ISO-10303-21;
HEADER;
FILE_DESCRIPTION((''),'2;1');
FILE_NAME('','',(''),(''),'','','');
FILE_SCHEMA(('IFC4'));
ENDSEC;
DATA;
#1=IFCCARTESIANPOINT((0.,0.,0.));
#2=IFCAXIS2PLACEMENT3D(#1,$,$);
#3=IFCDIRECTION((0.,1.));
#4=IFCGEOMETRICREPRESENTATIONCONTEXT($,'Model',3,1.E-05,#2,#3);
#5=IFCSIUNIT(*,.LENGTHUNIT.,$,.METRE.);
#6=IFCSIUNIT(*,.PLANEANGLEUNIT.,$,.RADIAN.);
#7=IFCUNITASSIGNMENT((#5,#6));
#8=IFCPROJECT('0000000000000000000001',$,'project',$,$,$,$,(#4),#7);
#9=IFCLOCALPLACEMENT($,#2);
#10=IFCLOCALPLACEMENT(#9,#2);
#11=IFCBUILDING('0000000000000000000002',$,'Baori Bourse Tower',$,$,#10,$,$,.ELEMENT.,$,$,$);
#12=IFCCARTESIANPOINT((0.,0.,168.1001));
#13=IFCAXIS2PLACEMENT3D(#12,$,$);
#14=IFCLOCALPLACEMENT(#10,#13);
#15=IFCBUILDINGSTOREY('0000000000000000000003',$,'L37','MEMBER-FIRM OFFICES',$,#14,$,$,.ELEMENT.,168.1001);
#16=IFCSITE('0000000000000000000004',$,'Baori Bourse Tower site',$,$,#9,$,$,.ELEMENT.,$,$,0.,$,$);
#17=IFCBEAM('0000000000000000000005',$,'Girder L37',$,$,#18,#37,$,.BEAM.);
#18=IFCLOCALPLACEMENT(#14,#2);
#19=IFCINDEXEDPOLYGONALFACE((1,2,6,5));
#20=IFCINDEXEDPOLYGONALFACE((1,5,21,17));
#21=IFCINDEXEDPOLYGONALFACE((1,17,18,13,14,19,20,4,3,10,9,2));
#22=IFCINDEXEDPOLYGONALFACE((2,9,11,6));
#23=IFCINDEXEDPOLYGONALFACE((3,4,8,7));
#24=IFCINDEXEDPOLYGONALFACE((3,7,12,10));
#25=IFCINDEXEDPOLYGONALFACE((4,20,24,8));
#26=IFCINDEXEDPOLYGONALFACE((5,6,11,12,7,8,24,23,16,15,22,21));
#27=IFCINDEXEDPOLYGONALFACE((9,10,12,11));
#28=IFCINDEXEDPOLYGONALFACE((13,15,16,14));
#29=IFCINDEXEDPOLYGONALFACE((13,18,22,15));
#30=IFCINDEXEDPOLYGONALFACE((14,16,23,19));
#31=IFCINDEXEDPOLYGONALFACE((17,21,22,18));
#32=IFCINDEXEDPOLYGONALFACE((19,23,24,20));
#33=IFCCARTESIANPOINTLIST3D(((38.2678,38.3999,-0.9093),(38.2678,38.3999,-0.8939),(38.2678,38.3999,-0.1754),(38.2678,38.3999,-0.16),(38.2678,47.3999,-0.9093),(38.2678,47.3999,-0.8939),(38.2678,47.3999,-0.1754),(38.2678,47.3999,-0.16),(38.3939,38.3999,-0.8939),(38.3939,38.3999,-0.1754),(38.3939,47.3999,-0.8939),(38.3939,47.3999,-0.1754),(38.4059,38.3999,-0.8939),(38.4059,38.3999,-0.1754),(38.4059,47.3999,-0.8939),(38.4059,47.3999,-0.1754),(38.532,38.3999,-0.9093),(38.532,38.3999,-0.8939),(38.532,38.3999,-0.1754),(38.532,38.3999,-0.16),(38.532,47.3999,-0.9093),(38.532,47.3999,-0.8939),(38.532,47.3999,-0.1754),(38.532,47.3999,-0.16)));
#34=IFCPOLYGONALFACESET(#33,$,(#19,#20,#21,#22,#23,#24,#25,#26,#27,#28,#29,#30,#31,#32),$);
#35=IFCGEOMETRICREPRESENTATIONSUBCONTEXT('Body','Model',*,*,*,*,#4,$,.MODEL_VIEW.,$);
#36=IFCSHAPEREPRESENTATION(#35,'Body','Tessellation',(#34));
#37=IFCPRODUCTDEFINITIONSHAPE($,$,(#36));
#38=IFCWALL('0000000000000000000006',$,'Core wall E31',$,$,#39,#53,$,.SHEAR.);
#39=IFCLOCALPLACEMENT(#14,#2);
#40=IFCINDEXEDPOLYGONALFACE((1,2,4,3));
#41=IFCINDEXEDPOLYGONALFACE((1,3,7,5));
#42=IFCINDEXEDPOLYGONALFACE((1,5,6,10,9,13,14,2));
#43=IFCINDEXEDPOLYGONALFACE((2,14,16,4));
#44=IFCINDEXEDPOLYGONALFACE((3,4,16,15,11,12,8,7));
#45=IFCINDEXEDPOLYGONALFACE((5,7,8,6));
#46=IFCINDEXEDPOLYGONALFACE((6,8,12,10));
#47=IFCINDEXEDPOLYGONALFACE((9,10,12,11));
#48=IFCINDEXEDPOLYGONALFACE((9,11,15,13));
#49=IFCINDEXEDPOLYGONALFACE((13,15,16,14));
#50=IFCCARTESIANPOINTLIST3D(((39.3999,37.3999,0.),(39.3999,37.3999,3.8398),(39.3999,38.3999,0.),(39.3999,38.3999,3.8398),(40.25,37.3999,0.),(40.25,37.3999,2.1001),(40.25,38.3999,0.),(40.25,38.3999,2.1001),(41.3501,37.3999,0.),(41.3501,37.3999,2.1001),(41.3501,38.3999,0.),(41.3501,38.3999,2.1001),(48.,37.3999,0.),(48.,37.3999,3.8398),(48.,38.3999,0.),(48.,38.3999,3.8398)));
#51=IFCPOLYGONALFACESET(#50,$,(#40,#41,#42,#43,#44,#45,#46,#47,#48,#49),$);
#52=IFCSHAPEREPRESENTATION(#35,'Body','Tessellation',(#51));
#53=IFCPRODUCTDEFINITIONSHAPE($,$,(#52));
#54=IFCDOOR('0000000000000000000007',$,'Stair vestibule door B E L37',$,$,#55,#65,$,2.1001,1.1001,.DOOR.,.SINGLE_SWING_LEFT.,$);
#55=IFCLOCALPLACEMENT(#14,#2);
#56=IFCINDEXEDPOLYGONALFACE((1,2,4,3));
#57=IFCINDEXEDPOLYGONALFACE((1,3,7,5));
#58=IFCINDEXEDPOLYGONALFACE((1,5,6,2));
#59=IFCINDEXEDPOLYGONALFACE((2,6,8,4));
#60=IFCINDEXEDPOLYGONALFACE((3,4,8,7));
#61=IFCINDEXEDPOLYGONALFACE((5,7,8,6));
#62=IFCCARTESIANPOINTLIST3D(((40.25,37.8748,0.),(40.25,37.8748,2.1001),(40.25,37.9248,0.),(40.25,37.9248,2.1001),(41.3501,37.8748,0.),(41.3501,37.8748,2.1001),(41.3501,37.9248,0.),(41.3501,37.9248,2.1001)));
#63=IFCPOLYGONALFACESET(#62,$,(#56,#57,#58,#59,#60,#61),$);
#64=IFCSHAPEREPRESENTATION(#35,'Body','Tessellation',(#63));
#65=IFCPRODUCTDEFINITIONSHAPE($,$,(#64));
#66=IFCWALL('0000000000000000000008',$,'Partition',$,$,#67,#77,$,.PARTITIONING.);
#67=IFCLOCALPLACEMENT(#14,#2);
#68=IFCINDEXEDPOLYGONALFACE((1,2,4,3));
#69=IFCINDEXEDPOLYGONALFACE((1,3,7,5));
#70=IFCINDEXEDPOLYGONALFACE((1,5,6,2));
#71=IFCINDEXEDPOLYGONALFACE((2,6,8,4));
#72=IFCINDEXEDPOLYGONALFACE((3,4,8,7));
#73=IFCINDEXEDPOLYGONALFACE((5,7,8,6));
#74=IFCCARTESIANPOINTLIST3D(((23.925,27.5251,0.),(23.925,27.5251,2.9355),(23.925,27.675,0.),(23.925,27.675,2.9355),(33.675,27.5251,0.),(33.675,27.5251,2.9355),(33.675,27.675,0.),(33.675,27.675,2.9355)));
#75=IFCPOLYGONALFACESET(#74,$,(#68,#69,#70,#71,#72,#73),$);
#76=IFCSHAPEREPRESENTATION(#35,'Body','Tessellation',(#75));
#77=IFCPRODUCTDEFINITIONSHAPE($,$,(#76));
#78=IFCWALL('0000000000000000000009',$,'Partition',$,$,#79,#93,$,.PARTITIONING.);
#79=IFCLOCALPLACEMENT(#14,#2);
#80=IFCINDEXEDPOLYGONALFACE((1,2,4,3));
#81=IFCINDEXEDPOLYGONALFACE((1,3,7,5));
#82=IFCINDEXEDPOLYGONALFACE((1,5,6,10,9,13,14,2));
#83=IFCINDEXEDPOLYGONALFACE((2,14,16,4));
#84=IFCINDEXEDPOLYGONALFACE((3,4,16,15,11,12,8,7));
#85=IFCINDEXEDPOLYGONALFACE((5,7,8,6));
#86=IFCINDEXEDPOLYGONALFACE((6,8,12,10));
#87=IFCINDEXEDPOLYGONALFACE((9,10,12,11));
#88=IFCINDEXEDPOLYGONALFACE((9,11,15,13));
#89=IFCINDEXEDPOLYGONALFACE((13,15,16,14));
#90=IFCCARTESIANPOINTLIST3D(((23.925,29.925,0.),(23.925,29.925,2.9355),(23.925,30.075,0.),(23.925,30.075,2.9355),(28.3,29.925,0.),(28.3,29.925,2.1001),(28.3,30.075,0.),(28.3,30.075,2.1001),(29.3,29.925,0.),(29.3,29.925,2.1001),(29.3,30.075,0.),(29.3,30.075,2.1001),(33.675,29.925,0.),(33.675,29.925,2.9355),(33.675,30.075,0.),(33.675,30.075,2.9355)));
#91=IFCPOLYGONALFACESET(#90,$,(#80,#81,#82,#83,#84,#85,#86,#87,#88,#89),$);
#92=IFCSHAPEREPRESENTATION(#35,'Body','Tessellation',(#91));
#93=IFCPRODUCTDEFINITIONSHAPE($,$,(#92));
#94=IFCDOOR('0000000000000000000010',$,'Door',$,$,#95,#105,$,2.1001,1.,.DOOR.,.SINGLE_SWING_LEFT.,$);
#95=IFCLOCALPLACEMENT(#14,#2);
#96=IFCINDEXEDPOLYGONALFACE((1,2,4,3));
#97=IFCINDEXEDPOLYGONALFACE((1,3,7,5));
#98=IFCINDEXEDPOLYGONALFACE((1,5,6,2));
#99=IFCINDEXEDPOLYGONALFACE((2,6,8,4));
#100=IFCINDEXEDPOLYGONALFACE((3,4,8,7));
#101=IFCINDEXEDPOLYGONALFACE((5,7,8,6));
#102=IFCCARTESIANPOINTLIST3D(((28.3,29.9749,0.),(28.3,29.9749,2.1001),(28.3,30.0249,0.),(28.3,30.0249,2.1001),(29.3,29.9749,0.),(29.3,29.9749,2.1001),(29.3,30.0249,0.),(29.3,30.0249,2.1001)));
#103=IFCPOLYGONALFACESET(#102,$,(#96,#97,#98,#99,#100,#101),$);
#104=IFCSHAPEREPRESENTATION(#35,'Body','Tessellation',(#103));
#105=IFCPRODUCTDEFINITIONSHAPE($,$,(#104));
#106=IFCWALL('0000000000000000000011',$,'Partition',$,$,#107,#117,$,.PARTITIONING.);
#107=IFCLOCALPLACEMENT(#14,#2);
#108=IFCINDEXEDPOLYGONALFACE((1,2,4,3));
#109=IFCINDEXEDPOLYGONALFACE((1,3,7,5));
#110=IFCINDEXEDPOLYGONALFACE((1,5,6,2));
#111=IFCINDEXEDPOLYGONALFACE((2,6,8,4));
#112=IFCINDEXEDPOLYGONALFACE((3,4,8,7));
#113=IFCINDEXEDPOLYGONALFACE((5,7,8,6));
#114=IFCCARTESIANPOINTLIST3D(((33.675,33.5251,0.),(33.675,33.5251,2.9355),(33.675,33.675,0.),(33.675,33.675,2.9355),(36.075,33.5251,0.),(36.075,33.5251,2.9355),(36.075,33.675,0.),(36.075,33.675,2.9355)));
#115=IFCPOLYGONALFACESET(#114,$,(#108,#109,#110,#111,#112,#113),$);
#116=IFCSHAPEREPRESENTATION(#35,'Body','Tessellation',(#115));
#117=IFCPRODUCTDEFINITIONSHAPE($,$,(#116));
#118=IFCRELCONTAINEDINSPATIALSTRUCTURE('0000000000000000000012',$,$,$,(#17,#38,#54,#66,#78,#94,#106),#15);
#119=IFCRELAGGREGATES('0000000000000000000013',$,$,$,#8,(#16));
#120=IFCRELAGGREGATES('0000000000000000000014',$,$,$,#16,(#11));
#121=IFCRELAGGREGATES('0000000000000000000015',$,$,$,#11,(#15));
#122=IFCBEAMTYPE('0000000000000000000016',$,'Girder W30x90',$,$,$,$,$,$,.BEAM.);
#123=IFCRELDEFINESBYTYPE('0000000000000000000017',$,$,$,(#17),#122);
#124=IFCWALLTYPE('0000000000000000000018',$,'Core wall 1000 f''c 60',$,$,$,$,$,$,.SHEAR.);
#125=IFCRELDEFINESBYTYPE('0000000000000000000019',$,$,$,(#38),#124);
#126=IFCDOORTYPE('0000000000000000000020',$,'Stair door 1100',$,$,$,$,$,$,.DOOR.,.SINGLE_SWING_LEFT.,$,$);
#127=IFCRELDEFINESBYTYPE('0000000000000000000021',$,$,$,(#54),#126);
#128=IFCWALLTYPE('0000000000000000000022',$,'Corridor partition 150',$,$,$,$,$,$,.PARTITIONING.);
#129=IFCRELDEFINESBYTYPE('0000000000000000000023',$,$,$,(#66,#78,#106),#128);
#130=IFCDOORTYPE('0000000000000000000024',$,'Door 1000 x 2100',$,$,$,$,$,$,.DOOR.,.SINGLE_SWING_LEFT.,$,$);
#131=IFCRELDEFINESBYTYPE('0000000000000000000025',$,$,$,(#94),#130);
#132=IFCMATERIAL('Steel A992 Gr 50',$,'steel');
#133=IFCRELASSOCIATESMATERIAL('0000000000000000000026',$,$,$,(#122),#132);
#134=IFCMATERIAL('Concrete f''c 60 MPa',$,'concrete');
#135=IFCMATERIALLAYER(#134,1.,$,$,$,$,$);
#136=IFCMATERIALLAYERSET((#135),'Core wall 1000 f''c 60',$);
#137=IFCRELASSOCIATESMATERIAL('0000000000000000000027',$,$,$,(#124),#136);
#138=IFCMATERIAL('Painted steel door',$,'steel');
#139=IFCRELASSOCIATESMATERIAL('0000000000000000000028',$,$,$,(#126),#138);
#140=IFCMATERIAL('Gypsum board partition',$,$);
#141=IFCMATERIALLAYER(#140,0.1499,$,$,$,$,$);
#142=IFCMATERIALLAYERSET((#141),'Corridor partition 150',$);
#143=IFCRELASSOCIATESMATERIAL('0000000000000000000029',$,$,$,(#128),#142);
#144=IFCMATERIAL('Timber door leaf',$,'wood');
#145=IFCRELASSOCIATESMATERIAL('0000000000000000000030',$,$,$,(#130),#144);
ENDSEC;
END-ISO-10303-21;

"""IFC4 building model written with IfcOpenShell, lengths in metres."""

from ifc_helpers import new_model, si_unit, direction, frame, frame_2d, origin, origin_2d, place, context, subcontext, project, spatial, rectangle, i_section, extrude, material, layer, layer_set, material_profile, profile_set, type_object, element, fill, save


model = new_model("IFC4")

# Units and contexts
model_context = context("Model", 3, precision=1e-05, world=origin(), true_north=direction((0.0, 1.0)))
body_context = subcontext(model_context, "Body", "Model", "MODEL_VIEW")
ifc_project = project(units=[si_unit("LENGTHUNIT", "METRE"), si_unit("PLANEANGLEUNIT", "RADIAN")], contexts=[model_context])

# Site, building, storey
site_placement = place(None, origin())
site = spatial("IfcSite", under=ifc_project, at=site_placement, Name="Baori Bourse Tower site", CompositionType="ELEMENT", RefElevation=0.0)
building_placement = place(site_placement, origin())
building = spatial("IfcBuilding", under=site, at=building_placement, Name="Baori Bourse Tower", CompositionType="ELEMENT")
storey_placement = place(building_placement, frame((0.0, 0.0, 168.1001)))
storey = spatial("IfcBuildingStorey", under=building, at=storey_placement, Name="L37", Description="MEMBER-FIRM OFFICES", CompositionType="ELEMENT", Elevation=168.1001)

# Beam
ifc_material_1 = material(Name="Steel A992 Gr 50", Category="steel")
ifc_material_profile = material_profile(ifc_material_1, i_section(OverallWidth=0.2642, OverallDepth=0.7493, WebThickness=0.012, FlangeThickness=0.0154, at=origin_2d()), Name="W30x90")
ifc_profile_set = profile_set([ifc_material_profile], Name="Steel A992 Gr 50")
beam_type = type_object("IfcBeamType", Name="Girder W30x90", PredefinedType="BEAM", material=ifc_profile_set)
beam_placement = place(storey_placement, frame((38.3999, 38.3999, -0.5347), z_axis=(0.0, 1.0, 0.0), x_axis=(-1.0, 0.0, 0.0)))
element("IfcBeam", 1, at=beam_placement, inside=storey, type_object=beam_type, Name="Girder L37", PredefinedType="BEAM", context=body_context, shape_type="SweptSolid", body=[
    extrude(i_section(OverallWidth=0.2642, OverallDepth=0.7493, WebThickness=0.012, FlangeThickness=0.0154, at=origin_2d()), origin(), (0.0, 0.0, 1.0), 9.0),
])

# Wall, opening, door
ifc_material_2 = material(Name="Concrete f'c 60 MPa", Category="concrete")
ifc_layer_1 = layer(ifc_material_2, 1.0)
ifc_layer_set_1 = layer_set([ifc_layer_1], Name="Core wall 1000 f'c 60")
wall_type_1 = type_object("IfcWallType", Name="Core wall 1000 f'c 60", PredefinedType="SHEAR", material=ifc_layer_set_1)
wall_1_placement = place(storey_placement, frame((39.3999, 37.8999, 0.0), z_axis=(0.0, 0.0, 1.0), x_axis=(1.0, 0.0, 0.0)))
wall_1 = element("IfcWall", 2, at=wall_1_placement, inside=storey, type_object=wall_type_1, Name="Core wall E31", PredefinedType="SHEAR", context=body_context, shape_type="SweptSolid", body=[
    extrude(rectangle(XDim=8.6001, YDim=1.0, at=frame_2d((4.3, 0.0))), origin(), (0.0, 0.0, 1.0), 3.8398),
])
opening_1_placement = place(wall_1_placement, frame((0.8501, 0.0, 0.0)))
opening_1 = element("IfcOpeningElement", 3, at=opening_1_placement, cuts=wall_1, PredefinedType="OPENING", context=body_context, shape_type="SweptSolid", body=[
    extrude(rectangle(XDim=1.1001, YDim=2.1001, at=frame_2d((0.55, 1.05))), frame((0.0, 0.51, 0.0), z_axis=(0.0, -1.0, 0.0), x_axis=(1.0, 0.0, 0.0)), (0.0, 0.0, 1.0), 1.02),
])
ifc_material_3 = material(Name="Painted steel door", Category="steel")
door_type_1 = type_object("IfcDoorType", Name="Stair door 1100", OperationType="SINGLE_SWING_LEFT", PredefinedType="DOOR", material=ifc_material_3)
door_1_placement = place(opening_1_placement, origin())
door_1 = element("IfcDoor", 4, at=door_1_placement, inside=storey, type_object=door_type_1, Name="Stair vestibule door B E L37", OperationType="SINGLE_SWING_LEFT", OverallHeight=2.1001, OverallWidth=1.1001, PredefinedType="DOOR", context=body_context, shape_type="SweptSolid", body=[
    extrude(rectangle(XDim=1.1001, YDim=2.1001, at=frame_2d((0.55, 1.05))), frame((0.0, 0.0249, 0.0), z_axis=(0.0, -1.0, 0.0), x_axis=(1.0, 0.0, 0.0)), (0.0, 0.0, 1.0), 0.05),
])
fill(opening_1, door_1)

# Wall
ifc_material_4 = material(Name="Gypsum board partition")
ifc_layer_2 = layer(ifc_material_4, 0.1499)
ifc_layer_set_2 = layer_set([ifc_layer_2], Name="Corridor partition 150")
wall_type_2 = type_object("IfcWallType", Name="Corridor partition 150", PredefinedType="PARTITIONING", material=ifc_layer_set_2)
wall_2_placement = place(storey_placement, frame((23.925, 27.6001, 0.0), z_axis=(0.0, 0.0, 1.0), x_axis=(1.0, 0.0, 0.0)))
element("IfcWall", 5, at=wall_2_placement, inside=storey, type_object=wall_type_2, Name="Partition", PredefinedType="PARTITIONING", context=body_context, shape_type="SweptSolid", body=[
    extrude(rectangle(XDim=9.75, YDim=0.1499, at=frame_2d((4.875, 0.0))), origin(), (0.0, 0.0, 1.0), 2.9355),
])

# Wall, opening, door
wall_3_placement = place(storey_placement, frame((23.925, 30.0, 0.0), z_axis=(0.0, 0.0, 1.0), x_axis=(1.0, 0.0, 0.0)))
wall_3 = element("IfcWall", 6, at=wall_3_placement, inside=storey, type_object=wall_type_2, Name="Partition", PredefinedType="PARTITIONING", context=body_context, shape_type="SweptSolid", body=[
    extrude(rectangle(XDim=9.75, YDim=0.1499, at=frame_2d((4.875, 0.0))), origin(), (0.0, 0.0, 1.0), 2.9355),
])
opening_2_placement = place(wall_3_placement, frame((4.375, 0.0, 0.0)))
opening_2 = element("IfcOpeningElement", 7, at=opening_2_placement, cuts=wall_3, PredefinedType="OPENING", context=body_context, shape_type="SweptSolid", body=[
    extrude(rectangle(XDim=1.0, YDim=2.1001, at=frame_2d((0.5, 1.05))), frame((0.0, 0.085, 0.0), z_axis=(0.0, -1.0, 0.0), x_axis=(1.0, 0.0, 0.0)), (0.0, 0.0, 1.0), 0.1699),
])
ifc_material_5 = material(Name="Timber door leaf", Category="wood")
door_type_2 = type_object("IfcDoorType", Name="Door 1000 x 2100", OperationType="SINGLE_SWING_LEFT", PredefinedType="DOOR", material=ifc_material_5)
door_2_placement = place(opening_2_placement, origin())
door_2 = element("IfcDoor", 8, at=door_2_placement, inside=storey, type_object=door_type_2, Name="Door", OperationType="SINGLE_SWING_LEFT", OverallHeight=2.1001, OverallWidth=1.0, PredefinedType="DOOR", context=body_context, shape_type="SweptSolid", body=[
    extrude(rectangle(XDim=1.0, YDim=2.1001, at=frame_2d((0.5, 1.05))), frame((0.0, 0.0249, 0.0), z_axis=(0.0, -1.0, 0.0), x_axis=(1.0, 0.0, 0.0)), (0.0, 0.0, 1.0), 0.05),
])
fill(opening_2, door_2)

# Wall
wall_4_placement = place(storey_placement, frame((33.675, 33.6001, 0.0), z_axis=(0.0, 0.0, 1.0), x_axis=(1.0, 0.0, 0.0)))
element("IfcWall", 9, at=wall_4_placement, inside=storey, type_object=wall_type_2, Name="Partition", PredefinedType="PARTITIONING", context=body_context, shape_type="SweptSolid", body=[
    extrude(rectangle(XDim=2.3999, YDim=0.1499, at=frame_2d((1.2, 0.0))), origin(), (0.0, 0.0, 1.0), 2.9355),
])

save(model, "model.ifc")
